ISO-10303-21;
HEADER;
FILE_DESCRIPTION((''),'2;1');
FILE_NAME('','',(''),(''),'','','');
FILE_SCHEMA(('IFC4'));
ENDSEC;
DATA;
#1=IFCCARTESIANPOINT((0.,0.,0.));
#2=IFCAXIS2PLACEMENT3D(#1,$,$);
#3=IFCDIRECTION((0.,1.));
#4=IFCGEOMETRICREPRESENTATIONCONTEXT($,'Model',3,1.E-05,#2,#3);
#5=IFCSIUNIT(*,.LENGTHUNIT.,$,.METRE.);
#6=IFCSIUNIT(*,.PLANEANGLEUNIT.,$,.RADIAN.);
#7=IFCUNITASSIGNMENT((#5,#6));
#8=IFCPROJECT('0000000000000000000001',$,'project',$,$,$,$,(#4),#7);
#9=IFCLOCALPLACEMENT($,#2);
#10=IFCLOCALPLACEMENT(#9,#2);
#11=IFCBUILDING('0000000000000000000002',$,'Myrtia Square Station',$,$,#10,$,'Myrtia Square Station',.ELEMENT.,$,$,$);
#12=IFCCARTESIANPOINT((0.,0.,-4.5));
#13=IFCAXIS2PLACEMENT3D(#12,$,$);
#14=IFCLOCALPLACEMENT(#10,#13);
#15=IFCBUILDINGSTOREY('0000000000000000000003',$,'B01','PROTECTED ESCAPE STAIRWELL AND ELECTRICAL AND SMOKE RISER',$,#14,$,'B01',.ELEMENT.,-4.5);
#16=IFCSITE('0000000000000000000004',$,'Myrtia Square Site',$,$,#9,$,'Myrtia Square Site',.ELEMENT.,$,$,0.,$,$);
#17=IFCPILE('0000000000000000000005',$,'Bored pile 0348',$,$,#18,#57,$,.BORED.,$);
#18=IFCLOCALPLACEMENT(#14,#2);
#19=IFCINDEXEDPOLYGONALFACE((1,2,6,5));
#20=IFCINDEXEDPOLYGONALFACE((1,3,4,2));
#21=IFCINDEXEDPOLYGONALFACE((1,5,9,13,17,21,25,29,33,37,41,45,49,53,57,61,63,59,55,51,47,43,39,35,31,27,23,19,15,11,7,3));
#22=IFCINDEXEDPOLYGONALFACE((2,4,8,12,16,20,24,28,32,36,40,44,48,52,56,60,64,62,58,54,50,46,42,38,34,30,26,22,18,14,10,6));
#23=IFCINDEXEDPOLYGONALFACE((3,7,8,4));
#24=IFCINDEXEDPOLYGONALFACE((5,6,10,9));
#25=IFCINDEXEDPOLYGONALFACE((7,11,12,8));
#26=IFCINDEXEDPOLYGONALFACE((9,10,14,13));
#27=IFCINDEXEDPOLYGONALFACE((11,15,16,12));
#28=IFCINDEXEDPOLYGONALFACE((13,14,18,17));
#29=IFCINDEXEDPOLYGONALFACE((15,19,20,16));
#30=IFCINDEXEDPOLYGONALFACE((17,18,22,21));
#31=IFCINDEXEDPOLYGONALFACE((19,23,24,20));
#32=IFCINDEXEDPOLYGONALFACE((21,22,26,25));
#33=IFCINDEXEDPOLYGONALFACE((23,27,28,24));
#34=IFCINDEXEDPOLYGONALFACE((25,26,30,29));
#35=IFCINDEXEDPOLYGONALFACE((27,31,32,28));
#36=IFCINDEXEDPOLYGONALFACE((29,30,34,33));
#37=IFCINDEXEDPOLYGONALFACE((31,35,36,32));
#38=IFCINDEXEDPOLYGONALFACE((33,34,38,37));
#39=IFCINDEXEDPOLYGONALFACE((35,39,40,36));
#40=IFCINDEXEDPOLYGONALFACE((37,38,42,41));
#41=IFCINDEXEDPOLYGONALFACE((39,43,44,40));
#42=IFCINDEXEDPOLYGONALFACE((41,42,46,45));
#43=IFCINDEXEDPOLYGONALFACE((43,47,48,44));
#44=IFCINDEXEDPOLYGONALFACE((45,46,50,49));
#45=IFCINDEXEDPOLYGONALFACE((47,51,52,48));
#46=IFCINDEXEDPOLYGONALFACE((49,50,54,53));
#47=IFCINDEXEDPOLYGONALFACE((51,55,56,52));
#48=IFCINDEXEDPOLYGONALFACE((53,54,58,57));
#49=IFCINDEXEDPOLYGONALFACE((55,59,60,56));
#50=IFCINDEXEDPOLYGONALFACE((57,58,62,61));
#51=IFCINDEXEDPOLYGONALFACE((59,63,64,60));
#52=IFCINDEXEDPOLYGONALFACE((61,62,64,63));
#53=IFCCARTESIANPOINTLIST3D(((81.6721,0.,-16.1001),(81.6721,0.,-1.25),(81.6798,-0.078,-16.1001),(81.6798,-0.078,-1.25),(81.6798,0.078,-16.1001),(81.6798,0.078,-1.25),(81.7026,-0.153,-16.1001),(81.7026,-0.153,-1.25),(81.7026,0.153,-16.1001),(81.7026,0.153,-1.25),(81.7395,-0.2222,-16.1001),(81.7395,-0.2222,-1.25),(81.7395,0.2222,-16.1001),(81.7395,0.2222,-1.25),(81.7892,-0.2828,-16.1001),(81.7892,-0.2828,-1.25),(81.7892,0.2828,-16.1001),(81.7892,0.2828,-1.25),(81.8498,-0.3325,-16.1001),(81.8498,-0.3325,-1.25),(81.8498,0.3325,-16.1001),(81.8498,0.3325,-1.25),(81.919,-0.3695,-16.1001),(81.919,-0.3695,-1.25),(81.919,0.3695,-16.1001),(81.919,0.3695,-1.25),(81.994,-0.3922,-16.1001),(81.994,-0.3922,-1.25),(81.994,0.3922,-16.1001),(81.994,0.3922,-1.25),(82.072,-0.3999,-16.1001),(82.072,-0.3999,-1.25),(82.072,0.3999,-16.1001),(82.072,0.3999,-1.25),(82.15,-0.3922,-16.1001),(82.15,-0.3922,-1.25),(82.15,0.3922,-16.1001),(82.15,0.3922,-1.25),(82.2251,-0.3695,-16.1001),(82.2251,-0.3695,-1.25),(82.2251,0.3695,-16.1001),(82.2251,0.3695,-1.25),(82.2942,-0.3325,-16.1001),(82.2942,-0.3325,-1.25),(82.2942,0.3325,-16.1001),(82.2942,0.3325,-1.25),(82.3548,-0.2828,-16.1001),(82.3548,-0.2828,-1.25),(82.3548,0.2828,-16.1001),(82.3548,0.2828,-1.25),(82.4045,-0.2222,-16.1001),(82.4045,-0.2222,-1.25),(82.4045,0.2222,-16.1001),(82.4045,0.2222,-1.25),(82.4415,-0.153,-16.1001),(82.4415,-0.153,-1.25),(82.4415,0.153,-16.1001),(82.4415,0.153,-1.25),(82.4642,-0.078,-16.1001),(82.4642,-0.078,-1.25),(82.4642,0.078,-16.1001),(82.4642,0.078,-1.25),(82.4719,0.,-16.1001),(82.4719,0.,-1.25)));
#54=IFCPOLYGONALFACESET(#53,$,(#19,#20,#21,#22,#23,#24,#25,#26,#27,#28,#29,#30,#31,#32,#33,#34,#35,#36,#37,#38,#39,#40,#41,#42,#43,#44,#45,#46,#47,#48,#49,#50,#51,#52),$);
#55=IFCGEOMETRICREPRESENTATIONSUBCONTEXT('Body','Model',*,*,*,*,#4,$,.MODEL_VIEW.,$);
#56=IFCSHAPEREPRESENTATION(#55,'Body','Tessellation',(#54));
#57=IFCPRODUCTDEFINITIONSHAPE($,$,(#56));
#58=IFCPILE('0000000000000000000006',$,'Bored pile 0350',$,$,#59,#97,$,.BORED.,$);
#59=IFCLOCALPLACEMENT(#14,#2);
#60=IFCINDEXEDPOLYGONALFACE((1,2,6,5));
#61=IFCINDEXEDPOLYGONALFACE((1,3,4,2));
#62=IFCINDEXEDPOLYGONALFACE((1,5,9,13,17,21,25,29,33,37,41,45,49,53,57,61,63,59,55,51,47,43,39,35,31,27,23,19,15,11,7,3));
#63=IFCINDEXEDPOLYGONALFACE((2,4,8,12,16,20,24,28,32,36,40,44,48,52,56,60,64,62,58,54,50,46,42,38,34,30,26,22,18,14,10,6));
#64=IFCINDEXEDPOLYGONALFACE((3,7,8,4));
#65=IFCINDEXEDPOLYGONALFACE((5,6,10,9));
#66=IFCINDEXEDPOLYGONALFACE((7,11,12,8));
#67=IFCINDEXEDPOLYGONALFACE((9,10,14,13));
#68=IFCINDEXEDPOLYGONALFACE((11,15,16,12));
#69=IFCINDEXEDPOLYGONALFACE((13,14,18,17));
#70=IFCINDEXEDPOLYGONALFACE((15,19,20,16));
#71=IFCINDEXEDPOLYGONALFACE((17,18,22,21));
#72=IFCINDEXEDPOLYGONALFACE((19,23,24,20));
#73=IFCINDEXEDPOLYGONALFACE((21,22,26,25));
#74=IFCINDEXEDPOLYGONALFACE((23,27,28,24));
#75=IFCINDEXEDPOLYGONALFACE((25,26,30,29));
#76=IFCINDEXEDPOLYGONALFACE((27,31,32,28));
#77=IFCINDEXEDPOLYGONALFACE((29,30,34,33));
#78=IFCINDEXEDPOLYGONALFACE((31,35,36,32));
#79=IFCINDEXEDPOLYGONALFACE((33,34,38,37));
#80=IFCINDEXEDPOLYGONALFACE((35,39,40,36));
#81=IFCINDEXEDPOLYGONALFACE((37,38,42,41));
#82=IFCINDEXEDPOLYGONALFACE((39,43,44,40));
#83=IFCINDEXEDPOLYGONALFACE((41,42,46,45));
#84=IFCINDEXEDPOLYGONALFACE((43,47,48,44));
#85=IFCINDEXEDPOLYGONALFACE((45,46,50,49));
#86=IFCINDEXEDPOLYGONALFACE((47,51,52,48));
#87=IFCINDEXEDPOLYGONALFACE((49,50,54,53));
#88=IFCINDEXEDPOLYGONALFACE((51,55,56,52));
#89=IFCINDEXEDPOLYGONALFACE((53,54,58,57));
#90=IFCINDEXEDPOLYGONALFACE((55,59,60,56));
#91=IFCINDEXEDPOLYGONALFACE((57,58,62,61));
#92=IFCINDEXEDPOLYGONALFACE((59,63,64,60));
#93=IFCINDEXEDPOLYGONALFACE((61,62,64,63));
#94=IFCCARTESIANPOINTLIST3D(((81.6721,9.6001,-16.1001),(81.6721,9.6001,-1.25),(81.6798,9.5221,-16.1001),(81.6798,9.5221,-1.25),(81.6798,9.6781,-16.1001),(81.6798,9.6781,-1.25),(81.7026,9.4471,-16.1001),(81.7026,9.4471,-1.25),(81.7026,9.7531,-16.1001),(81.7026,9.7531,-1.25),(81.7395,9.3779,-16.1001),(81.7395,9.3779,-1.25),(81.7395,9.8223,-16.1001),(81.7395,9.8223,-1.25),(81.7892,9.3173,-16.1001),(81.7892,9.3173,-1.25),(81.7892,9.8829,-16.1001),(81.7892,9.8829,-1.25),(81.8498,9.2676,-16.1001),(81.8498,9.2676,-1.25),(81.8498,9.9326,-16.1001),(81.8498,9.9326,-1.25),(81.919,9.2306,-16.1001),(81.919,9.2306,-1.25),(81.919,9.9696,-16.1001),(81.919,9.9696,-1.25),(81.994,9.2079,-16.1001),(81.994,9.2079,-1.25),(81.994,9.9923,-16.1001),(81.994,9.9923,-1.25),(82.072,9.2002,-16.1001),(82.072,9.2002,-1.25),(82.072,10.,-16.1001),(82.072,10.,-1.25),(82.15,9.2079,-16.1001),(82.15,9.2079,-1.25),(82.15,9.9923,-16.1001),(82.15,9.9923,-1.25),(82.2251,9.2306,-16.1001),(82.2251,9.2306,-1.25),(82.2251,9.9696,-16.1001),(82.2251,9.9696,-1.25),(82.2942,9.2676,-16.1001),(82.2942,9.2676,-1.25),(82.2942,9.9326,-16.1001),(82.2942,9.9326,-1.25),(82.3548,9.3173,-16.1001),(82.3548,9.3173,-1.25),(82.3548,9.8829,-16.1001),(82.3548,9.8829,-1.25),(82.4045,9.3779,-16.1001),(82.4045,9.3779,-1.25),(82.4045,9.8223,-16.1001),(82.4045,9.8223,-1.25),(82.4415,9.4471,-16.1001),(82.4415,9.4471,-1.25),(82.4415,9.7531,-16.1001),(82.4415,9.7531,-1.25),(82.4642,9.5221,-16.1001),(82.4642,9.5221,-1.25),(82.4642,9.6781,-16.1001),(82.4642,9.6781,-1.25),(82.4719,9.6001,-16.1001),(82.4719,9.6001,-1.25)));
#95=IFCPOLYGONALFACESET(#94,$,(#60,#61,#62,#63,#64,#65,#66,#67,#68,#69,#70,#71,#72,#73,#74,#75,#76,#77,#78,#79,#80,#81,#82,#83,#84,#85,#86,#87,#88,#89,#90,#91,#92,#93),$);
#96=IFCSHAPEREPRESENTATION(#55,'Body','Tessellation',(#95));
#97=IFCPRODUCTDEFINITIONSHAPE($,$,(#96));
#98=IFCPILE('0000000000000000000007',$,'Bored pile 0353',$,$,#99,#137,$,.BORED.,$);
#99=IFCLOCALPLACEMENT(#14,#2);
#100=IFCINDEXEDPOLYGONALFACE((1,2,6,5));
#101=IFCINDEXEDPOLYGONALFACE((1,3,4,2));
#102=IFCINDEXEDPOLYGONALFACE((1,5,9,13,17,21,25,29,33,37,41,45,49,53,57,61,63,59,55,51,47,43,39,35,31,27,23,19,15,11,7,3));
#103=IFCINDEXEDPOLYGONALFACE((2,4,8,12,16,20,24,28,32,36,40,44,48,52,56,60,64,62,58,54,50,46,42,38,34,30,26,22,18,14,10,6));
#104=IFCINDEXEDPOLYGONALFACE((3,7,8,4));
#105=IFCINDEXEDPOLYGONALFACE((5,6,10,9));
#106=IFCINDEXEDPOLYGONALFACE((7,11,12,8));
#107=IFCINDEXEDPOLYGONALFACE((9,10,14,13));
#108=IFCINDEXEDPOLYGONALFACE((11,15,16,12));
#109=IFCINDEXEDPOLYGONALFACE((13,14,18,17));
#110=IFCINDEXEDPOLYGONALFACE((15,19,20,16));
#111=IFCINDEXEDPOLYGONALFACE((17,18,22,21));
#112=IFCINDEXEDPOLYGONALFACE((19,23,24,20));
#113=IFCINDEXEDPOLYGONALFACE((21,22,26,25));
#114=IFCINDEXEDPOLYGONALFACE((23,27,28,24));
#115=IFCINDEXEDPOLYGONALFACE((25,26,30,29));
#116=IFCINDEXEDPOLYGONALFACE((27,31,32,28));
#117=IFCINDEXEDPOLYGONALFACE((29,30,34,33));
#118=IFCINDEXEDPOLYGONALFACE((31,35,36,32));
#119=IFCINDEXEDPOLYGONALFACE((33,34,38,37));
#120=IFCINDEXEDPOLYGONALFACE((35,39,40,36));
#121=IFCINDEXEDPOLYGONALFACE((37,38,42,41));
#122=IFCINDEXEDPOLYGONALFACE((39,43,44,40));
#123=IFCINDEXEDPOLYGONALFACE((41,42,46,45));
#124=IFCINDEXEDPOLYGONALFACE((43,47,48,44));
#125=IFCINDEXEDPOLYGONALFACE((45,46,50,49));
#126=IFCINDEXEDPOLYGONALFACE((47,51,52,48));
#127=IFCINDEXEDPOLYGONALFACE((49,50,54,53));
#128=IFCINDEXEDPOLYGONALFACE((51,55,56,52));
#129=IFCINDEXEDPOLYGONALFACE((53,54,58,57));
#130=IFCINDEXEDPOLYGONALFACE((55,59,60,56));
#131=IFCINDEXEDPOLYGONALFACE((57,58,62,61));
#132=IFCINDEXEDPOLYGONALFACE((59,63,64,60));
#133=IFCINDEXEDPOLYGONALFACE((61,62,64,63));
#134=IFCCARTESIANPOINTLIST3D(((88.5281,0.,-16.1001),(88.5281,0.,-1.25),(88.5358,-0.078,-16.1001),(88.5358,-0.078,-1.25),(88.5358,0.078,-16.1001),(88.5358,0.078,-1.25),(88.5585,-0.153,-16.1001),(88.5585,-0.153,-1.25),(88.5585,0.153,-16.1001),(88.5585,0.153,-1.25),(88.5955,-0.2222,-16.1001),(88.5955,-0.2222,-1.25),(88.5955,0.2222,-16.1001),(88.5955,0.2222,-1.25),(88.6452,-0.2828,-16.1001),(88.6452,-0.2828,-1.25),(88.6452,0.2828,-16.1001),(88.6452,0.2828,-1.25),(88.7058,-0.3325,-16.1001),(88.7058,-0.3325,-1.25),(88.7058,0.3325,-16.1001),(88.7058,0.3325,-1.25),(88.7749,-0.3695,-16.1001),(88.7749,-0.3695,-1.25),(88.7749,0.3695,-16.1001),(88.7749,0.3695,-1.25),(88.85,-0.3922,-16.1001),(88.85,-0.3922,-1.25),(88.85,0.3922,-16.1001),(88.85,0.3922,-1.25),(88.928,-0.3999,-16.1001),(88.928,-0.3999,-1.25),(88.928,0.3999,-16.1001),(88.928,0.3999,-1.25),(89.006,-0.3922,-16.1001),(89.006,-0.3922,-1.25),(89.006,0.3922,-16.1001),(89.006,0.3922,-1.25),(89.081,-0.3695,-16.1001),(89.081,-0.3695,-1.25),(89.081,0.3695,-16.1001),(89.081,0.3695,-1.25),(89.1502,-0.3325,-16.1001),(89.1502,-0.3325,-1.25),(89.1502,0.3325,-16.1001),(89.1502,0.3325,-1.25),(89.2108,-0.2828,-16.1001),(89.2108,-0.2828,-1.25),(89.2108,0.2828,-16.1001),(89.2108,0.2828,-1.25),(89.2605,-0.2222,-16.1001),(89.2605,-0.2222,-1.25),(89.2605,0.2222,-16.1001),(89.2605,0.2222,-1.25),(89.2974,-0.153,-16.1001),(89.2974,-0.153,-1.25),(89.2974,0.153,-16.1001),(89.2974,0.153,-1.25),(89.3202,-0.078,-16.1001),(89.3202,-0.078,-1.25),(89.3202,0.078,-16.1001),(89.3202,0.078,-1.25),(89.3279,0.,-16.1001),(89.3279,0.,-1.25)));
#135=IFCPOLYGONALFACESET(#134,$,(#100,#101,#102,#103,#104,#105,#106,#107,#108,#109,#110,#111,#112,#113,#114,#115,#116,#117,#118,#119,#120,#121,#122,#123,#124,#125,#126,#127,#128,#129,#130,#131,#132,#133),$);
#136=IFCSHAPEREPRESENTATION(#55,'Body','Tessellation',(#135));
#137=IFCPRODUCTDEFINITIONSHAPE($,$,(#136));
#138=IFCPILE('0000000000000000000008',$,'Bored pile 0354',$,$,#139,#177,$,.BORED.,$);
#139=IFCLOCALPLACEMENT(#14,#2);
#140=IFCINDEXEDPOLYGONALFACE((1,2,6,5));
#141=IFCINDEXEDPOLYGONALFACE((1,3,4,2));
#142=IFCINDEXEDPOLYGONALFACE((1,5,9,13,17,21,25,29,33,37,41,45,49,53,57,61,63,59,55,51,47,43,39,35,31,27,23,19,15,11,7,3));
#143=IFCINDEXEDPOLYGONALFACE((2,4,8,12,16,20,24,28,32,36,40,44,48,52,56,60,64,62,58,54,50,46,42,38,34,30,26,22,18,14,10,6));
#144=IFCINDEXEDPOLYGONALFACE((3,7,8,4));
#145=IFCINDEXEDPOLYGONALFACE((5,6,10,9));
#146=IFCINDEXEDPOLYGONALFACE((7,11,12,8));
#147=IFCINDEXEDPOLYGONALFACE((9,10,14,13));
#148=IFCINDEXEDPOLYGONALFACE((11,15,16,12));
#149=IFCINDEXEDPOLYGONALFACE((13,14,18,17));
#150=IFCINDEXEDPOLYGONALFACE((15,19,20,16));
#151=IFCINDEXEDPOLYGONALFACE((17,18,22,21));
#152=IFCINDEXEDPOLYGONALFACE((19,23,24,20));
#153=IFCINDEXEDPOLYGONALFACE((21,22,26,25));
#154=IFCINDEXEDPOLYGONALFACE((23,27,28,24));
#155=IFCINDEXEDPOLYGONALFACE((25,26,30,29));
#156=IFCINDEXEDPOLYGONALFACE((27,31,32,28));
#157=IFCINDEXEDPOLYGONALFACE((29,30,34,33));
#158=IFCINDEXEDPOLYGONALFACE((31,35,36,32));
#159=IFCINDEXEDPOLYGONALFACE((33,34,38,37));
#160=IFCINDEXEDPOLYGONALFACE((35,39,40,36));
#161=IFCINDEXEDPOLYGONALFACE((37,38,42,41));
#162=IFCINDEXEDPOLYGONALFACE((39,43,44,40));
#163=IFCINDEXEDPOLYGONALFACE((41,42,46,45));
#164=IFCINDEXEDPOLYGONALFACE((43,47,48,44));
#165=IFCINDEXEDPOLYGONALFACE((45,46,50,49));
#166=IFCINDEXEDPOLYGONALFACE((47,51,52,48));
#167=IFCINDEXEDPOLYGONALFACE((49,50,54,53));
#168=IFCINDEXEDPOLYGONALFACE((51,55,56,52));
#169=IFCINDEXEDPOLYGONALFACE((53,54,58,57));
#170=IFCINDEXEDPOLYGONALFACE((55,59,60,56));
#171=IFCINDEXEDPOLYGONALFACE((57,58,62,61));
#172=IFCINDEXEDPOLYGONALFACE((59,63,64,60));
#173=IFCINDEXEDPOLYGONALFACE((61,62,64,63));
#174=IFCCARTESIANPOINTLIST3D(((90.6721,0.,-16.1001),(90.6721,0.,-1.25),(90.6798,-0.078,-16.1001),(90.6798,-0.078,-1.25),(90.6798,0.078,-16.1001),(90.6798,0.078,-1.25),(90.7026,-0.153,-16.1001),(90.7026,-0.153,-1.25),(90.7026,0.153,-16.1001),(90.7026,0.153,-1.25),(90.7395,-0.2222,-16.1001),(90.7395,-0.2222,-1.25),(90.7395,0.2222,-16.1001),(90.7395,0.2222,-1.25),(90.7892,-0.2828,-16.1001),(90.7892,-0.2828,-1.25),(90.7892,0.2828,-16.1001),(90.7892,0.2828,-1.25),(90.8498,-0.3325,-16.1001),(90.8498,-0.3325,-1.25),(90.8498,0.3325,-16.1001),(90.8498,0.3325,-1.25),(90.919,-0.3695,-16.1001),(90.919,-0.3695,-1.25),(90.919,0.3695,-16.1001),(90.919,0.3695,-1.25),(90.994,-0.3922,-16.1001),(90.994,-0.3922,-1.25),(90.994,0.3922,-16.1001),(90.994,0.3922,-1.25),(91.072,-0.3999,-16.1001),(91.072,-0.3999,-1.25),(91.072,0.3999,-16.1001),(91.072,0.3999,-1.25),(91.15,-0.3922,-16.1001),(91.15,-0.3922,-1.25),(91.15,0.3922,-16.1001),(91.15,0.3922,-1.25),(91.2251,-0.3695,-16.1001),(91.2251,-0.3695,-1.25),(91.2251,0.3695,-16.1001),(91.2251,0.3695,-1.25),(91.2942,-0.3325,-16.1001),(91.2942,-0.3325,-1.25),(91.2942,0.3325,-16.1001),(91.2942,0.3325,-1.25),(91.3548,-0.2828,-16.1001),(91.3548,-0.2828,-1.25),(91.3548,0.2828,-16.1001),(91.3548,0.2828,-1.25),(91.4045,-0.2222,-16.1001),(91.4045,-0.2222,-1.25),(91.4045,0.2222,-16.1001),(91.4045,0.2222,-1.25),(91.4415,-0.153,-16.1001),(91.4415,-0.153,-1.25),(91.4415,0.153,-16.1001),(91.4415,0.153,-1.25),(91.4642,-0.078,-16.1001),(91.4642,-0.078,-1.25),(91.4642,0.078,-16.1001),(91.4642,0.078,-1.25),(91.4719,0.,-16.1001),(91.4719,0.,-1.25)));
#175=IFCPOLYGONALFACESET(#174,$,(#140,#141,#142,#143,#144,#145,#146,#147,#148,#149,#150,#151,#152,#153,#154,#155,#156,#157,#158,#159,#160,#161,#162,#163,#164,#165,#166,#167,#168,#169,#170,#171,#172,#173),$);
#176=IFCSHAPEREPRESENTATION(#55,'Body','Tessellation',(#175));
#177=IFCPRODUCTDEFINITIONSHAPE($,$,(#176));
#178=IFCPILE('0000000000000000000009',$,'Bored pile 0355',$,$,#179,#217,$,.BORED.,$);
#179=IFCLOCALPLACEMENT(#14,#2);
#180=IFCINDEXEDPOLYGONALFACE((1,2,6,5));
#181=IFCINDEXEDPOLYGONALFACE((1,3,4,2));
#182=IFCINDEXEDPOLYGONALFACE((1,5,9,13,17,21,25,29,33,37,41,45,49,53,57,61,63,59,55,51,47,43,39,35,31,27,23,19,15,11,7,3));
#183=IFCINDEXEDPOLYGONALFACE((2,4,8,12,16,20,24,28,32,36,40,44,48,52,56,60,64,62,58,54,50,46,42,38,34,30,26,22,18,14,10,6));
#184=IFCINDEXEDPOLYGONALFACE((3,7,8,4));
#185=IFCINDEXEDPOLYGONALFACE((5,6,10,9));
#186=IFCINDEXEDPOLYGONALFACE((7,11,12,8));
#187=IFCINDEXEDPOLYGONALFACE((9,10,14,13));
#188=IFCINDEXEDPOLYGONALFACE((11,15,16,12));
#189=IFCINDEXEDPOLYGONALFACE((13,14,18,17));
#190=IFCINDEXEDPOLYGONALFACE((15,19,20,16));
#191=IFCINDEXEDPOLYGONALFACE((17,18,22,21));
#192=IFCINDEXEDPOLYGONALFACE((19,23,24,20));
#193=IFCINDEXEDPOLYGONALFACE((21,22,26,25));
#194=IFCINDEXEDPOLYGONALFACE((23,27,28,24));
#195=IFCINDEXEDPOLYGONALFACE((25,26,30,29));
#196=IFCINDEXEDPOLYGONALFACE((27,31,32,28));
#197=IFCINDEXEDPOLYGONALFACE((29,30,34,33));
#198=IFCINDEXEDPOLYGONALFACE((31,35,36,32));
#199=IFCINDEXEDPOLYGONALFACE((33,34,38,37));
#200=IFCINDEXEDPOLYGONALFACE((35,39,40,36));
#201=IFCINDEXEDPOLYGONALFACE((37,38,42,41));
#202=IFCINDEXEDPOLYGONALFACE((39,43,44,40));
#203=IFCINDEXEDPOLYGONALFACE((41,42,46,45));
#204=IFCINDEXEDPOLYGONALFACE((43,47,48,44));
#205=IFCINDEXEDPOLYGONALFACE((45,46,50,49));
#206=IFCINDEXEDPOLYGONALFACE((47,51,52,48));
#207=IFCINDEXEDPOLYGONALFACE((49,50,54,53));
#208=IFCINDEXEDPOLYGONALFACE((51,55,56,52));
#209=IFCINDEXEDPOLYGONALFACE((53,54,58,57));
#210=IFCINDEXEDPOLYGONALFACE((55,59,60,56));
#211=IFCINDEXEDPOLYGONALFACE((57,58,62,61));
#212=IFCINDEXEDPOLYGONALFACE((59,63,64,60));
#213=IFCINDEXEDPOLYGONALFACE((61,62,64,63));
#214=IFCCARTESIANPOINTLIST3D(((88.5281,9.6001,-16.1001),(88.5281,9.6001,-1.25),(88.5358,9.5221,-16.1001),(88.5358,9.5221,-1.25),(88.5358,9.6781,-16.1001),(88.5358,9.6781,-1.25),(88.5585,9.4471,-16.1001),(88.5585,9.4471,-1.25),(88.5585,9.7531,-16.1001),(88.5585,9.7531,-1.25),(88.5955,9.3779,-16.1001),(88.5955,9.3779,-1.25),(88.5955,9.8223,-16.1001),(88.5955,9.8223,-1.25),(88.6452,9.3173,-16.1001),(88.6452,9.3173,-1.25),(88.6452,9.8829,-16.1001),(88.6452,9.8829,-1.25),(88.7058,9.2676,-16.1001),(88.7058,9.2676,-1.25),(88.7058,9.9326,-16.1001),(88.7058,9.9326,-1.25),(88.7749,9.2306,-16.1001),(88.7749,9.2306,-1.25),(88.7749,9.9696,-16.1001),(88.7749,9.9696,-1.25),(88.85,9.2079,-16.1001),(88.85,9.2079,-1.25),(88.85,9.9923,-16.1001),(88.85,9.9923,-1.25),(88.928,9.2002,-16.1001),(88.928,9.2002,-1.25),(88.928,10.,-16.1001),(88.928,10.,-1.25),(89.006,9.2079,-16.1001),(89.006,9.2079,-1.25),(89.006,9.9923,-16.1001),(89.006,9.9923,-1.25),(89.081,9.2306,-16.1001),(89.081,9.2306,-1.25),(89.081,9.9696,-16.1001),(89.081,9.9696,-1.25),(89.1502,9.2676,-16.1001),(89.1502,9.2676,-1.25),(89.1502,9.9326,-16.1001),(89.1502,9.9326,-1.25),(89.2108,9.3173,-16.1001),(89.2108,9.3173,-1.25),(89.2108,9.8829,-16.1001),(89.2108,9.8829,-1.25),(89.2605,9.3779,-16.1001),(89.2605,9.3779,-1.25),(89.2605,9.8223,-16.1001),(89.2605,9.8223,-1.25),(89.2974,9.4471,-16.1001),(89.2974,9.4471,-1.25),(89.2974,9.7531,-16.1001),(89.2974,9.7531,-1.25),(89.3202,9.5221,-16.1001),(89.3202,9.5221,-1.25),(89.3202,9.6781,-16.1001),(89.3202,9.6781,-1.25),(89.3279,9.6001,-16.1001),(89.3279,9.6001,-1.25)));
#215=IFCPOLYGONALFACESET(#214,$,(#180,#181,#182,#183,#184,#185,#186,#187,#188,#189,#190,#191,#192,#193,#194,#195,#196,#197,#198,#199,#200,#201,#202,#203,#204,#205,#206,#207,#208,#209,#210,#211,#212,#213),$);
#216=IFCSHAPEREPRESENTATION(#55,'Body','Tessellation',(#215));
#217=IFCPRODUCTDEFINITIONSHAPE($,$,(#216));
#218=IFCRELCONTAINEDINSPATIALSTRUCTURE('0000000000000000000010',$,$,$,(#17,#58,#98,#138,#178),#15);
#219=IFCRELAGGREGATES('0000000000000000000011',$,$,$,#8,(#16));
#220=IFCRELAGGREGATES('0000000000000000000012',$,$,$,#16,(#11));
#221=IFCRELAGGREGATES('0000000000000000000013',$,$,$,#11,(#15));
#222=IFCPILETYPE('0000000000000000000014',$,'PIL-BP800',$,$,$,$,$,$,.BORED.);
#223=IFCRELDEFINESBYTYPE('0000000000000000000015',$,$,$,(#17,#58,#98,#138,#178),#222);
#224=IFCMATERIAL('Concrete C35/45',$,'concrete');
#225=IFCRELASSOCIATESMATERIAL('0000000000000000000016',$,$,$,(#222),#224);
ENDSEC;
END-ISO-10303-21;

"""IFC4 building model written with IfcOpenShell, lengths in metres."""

from ifc_helpers import new_model, si_unit, direction, frame, origin, origin_2d, place, context, subcontext, project, spatial, circle, extrude, material, material_profile, profile_set, type_object, element, save


model = new_model("IFC4")

# Units and contexts
model_context = context("Model", 3, precision=1e-05, world=origin(), true_north=direction((0.0, 1.0)))
body_context = subcontext(model_context, "Body", "Model", "MODEL_VIEW")
ifc_project = project(units=[si_unit("LENGTHUNIT", "METRE"), si_unit("PLANEANGLEUNIT", "RADIAN")], contexts=[model_context])

# Site, building, storey
site_placement = place(None, origin())
site = spatial("IfcSite", under=ifc_project, at=site_placement, Name="Myrtia Square Site", LongName="Myrtia Square Site", CompositionType="ELEMENT", RefElevation=0.0)
building_placement = place(site_placement, origin())
building = spatial("IfcBuilding", under=site, at=building_placement, Name="Myrtia Square Station", LongName="Myrtia Square Station", CompositionType="ELEMENT")
storey_placement = place(building_placement, frame((0.0, 0.0, -4.5)))
storey = spatial("IfcBuildingStorey", under=building, at=storey_placement, Name="B01", Description="PROTECTED ESCAPE STAIRWELL AND ELECTRICAL AND SMOKE RISER", LongName="B01", CompositionType="ELEMENT", Elevation=-4.5)

# Shared definitions
ifc_material_1 = material(Name="Concrete C35/45", Category="concrete")

# Piles
ifc_material_profile_1 = material_profile(ifc_material_1, circle(Radius=0.3999, at=origin_2d()), Name="BP D800")
ifc_profile_set_1 = profile_set([ifc_material_profile_1], Name="Concrete C35/45")
pile_type = type_object("IfcPileType", Name="PIL-BP800", PredefinedType="BORED", material=ifc_profile_set_1)
for number, where, z_axis, x_axis, name in (
    (1, (82.072, 0.0, -1.25), (0.0, 0.0, -1.0), (1.0, 0.0, 0.0), "Bored pile 0348"),
    (2, (82.072, 9.6001, -1.25), (0.0, 0.0, -1.0), (1.0, 0.0, 0.0), "Bored pile 0350"),
    (3, (88.928, 0.0, -1.25), (0.0, 0.0, -1.0), (1.0, 0.0, 0.0), "Bored pile 0353"),
    (4, (91.072, 0.0, -1.25), (0.0, 0.0, -1.0), (1.0, 0.0, 0.0), "Bored pile 0354"),
    (5, (88.928, 9.6001, -1.25), (0.0, 0.0, -1.0), (1.0, 0.0, 0.0), "Bored pile 0355"),
):
    element("IfcPile", number, at=place(storey_placement, frame(where, z_axis=z_axis, x_axis=x_axis)), inside=storey, type_object=pile_type, Name=name, PredefinedType="BORED", context=body_context, shape_type="SweptSolid", body=[
        extrude(circle(Radius=0.3999, at=origin_2d()), origin(), (0.0, 0.0, 1.0), 14.8501),
    ])

save(model, "model.ifc")
